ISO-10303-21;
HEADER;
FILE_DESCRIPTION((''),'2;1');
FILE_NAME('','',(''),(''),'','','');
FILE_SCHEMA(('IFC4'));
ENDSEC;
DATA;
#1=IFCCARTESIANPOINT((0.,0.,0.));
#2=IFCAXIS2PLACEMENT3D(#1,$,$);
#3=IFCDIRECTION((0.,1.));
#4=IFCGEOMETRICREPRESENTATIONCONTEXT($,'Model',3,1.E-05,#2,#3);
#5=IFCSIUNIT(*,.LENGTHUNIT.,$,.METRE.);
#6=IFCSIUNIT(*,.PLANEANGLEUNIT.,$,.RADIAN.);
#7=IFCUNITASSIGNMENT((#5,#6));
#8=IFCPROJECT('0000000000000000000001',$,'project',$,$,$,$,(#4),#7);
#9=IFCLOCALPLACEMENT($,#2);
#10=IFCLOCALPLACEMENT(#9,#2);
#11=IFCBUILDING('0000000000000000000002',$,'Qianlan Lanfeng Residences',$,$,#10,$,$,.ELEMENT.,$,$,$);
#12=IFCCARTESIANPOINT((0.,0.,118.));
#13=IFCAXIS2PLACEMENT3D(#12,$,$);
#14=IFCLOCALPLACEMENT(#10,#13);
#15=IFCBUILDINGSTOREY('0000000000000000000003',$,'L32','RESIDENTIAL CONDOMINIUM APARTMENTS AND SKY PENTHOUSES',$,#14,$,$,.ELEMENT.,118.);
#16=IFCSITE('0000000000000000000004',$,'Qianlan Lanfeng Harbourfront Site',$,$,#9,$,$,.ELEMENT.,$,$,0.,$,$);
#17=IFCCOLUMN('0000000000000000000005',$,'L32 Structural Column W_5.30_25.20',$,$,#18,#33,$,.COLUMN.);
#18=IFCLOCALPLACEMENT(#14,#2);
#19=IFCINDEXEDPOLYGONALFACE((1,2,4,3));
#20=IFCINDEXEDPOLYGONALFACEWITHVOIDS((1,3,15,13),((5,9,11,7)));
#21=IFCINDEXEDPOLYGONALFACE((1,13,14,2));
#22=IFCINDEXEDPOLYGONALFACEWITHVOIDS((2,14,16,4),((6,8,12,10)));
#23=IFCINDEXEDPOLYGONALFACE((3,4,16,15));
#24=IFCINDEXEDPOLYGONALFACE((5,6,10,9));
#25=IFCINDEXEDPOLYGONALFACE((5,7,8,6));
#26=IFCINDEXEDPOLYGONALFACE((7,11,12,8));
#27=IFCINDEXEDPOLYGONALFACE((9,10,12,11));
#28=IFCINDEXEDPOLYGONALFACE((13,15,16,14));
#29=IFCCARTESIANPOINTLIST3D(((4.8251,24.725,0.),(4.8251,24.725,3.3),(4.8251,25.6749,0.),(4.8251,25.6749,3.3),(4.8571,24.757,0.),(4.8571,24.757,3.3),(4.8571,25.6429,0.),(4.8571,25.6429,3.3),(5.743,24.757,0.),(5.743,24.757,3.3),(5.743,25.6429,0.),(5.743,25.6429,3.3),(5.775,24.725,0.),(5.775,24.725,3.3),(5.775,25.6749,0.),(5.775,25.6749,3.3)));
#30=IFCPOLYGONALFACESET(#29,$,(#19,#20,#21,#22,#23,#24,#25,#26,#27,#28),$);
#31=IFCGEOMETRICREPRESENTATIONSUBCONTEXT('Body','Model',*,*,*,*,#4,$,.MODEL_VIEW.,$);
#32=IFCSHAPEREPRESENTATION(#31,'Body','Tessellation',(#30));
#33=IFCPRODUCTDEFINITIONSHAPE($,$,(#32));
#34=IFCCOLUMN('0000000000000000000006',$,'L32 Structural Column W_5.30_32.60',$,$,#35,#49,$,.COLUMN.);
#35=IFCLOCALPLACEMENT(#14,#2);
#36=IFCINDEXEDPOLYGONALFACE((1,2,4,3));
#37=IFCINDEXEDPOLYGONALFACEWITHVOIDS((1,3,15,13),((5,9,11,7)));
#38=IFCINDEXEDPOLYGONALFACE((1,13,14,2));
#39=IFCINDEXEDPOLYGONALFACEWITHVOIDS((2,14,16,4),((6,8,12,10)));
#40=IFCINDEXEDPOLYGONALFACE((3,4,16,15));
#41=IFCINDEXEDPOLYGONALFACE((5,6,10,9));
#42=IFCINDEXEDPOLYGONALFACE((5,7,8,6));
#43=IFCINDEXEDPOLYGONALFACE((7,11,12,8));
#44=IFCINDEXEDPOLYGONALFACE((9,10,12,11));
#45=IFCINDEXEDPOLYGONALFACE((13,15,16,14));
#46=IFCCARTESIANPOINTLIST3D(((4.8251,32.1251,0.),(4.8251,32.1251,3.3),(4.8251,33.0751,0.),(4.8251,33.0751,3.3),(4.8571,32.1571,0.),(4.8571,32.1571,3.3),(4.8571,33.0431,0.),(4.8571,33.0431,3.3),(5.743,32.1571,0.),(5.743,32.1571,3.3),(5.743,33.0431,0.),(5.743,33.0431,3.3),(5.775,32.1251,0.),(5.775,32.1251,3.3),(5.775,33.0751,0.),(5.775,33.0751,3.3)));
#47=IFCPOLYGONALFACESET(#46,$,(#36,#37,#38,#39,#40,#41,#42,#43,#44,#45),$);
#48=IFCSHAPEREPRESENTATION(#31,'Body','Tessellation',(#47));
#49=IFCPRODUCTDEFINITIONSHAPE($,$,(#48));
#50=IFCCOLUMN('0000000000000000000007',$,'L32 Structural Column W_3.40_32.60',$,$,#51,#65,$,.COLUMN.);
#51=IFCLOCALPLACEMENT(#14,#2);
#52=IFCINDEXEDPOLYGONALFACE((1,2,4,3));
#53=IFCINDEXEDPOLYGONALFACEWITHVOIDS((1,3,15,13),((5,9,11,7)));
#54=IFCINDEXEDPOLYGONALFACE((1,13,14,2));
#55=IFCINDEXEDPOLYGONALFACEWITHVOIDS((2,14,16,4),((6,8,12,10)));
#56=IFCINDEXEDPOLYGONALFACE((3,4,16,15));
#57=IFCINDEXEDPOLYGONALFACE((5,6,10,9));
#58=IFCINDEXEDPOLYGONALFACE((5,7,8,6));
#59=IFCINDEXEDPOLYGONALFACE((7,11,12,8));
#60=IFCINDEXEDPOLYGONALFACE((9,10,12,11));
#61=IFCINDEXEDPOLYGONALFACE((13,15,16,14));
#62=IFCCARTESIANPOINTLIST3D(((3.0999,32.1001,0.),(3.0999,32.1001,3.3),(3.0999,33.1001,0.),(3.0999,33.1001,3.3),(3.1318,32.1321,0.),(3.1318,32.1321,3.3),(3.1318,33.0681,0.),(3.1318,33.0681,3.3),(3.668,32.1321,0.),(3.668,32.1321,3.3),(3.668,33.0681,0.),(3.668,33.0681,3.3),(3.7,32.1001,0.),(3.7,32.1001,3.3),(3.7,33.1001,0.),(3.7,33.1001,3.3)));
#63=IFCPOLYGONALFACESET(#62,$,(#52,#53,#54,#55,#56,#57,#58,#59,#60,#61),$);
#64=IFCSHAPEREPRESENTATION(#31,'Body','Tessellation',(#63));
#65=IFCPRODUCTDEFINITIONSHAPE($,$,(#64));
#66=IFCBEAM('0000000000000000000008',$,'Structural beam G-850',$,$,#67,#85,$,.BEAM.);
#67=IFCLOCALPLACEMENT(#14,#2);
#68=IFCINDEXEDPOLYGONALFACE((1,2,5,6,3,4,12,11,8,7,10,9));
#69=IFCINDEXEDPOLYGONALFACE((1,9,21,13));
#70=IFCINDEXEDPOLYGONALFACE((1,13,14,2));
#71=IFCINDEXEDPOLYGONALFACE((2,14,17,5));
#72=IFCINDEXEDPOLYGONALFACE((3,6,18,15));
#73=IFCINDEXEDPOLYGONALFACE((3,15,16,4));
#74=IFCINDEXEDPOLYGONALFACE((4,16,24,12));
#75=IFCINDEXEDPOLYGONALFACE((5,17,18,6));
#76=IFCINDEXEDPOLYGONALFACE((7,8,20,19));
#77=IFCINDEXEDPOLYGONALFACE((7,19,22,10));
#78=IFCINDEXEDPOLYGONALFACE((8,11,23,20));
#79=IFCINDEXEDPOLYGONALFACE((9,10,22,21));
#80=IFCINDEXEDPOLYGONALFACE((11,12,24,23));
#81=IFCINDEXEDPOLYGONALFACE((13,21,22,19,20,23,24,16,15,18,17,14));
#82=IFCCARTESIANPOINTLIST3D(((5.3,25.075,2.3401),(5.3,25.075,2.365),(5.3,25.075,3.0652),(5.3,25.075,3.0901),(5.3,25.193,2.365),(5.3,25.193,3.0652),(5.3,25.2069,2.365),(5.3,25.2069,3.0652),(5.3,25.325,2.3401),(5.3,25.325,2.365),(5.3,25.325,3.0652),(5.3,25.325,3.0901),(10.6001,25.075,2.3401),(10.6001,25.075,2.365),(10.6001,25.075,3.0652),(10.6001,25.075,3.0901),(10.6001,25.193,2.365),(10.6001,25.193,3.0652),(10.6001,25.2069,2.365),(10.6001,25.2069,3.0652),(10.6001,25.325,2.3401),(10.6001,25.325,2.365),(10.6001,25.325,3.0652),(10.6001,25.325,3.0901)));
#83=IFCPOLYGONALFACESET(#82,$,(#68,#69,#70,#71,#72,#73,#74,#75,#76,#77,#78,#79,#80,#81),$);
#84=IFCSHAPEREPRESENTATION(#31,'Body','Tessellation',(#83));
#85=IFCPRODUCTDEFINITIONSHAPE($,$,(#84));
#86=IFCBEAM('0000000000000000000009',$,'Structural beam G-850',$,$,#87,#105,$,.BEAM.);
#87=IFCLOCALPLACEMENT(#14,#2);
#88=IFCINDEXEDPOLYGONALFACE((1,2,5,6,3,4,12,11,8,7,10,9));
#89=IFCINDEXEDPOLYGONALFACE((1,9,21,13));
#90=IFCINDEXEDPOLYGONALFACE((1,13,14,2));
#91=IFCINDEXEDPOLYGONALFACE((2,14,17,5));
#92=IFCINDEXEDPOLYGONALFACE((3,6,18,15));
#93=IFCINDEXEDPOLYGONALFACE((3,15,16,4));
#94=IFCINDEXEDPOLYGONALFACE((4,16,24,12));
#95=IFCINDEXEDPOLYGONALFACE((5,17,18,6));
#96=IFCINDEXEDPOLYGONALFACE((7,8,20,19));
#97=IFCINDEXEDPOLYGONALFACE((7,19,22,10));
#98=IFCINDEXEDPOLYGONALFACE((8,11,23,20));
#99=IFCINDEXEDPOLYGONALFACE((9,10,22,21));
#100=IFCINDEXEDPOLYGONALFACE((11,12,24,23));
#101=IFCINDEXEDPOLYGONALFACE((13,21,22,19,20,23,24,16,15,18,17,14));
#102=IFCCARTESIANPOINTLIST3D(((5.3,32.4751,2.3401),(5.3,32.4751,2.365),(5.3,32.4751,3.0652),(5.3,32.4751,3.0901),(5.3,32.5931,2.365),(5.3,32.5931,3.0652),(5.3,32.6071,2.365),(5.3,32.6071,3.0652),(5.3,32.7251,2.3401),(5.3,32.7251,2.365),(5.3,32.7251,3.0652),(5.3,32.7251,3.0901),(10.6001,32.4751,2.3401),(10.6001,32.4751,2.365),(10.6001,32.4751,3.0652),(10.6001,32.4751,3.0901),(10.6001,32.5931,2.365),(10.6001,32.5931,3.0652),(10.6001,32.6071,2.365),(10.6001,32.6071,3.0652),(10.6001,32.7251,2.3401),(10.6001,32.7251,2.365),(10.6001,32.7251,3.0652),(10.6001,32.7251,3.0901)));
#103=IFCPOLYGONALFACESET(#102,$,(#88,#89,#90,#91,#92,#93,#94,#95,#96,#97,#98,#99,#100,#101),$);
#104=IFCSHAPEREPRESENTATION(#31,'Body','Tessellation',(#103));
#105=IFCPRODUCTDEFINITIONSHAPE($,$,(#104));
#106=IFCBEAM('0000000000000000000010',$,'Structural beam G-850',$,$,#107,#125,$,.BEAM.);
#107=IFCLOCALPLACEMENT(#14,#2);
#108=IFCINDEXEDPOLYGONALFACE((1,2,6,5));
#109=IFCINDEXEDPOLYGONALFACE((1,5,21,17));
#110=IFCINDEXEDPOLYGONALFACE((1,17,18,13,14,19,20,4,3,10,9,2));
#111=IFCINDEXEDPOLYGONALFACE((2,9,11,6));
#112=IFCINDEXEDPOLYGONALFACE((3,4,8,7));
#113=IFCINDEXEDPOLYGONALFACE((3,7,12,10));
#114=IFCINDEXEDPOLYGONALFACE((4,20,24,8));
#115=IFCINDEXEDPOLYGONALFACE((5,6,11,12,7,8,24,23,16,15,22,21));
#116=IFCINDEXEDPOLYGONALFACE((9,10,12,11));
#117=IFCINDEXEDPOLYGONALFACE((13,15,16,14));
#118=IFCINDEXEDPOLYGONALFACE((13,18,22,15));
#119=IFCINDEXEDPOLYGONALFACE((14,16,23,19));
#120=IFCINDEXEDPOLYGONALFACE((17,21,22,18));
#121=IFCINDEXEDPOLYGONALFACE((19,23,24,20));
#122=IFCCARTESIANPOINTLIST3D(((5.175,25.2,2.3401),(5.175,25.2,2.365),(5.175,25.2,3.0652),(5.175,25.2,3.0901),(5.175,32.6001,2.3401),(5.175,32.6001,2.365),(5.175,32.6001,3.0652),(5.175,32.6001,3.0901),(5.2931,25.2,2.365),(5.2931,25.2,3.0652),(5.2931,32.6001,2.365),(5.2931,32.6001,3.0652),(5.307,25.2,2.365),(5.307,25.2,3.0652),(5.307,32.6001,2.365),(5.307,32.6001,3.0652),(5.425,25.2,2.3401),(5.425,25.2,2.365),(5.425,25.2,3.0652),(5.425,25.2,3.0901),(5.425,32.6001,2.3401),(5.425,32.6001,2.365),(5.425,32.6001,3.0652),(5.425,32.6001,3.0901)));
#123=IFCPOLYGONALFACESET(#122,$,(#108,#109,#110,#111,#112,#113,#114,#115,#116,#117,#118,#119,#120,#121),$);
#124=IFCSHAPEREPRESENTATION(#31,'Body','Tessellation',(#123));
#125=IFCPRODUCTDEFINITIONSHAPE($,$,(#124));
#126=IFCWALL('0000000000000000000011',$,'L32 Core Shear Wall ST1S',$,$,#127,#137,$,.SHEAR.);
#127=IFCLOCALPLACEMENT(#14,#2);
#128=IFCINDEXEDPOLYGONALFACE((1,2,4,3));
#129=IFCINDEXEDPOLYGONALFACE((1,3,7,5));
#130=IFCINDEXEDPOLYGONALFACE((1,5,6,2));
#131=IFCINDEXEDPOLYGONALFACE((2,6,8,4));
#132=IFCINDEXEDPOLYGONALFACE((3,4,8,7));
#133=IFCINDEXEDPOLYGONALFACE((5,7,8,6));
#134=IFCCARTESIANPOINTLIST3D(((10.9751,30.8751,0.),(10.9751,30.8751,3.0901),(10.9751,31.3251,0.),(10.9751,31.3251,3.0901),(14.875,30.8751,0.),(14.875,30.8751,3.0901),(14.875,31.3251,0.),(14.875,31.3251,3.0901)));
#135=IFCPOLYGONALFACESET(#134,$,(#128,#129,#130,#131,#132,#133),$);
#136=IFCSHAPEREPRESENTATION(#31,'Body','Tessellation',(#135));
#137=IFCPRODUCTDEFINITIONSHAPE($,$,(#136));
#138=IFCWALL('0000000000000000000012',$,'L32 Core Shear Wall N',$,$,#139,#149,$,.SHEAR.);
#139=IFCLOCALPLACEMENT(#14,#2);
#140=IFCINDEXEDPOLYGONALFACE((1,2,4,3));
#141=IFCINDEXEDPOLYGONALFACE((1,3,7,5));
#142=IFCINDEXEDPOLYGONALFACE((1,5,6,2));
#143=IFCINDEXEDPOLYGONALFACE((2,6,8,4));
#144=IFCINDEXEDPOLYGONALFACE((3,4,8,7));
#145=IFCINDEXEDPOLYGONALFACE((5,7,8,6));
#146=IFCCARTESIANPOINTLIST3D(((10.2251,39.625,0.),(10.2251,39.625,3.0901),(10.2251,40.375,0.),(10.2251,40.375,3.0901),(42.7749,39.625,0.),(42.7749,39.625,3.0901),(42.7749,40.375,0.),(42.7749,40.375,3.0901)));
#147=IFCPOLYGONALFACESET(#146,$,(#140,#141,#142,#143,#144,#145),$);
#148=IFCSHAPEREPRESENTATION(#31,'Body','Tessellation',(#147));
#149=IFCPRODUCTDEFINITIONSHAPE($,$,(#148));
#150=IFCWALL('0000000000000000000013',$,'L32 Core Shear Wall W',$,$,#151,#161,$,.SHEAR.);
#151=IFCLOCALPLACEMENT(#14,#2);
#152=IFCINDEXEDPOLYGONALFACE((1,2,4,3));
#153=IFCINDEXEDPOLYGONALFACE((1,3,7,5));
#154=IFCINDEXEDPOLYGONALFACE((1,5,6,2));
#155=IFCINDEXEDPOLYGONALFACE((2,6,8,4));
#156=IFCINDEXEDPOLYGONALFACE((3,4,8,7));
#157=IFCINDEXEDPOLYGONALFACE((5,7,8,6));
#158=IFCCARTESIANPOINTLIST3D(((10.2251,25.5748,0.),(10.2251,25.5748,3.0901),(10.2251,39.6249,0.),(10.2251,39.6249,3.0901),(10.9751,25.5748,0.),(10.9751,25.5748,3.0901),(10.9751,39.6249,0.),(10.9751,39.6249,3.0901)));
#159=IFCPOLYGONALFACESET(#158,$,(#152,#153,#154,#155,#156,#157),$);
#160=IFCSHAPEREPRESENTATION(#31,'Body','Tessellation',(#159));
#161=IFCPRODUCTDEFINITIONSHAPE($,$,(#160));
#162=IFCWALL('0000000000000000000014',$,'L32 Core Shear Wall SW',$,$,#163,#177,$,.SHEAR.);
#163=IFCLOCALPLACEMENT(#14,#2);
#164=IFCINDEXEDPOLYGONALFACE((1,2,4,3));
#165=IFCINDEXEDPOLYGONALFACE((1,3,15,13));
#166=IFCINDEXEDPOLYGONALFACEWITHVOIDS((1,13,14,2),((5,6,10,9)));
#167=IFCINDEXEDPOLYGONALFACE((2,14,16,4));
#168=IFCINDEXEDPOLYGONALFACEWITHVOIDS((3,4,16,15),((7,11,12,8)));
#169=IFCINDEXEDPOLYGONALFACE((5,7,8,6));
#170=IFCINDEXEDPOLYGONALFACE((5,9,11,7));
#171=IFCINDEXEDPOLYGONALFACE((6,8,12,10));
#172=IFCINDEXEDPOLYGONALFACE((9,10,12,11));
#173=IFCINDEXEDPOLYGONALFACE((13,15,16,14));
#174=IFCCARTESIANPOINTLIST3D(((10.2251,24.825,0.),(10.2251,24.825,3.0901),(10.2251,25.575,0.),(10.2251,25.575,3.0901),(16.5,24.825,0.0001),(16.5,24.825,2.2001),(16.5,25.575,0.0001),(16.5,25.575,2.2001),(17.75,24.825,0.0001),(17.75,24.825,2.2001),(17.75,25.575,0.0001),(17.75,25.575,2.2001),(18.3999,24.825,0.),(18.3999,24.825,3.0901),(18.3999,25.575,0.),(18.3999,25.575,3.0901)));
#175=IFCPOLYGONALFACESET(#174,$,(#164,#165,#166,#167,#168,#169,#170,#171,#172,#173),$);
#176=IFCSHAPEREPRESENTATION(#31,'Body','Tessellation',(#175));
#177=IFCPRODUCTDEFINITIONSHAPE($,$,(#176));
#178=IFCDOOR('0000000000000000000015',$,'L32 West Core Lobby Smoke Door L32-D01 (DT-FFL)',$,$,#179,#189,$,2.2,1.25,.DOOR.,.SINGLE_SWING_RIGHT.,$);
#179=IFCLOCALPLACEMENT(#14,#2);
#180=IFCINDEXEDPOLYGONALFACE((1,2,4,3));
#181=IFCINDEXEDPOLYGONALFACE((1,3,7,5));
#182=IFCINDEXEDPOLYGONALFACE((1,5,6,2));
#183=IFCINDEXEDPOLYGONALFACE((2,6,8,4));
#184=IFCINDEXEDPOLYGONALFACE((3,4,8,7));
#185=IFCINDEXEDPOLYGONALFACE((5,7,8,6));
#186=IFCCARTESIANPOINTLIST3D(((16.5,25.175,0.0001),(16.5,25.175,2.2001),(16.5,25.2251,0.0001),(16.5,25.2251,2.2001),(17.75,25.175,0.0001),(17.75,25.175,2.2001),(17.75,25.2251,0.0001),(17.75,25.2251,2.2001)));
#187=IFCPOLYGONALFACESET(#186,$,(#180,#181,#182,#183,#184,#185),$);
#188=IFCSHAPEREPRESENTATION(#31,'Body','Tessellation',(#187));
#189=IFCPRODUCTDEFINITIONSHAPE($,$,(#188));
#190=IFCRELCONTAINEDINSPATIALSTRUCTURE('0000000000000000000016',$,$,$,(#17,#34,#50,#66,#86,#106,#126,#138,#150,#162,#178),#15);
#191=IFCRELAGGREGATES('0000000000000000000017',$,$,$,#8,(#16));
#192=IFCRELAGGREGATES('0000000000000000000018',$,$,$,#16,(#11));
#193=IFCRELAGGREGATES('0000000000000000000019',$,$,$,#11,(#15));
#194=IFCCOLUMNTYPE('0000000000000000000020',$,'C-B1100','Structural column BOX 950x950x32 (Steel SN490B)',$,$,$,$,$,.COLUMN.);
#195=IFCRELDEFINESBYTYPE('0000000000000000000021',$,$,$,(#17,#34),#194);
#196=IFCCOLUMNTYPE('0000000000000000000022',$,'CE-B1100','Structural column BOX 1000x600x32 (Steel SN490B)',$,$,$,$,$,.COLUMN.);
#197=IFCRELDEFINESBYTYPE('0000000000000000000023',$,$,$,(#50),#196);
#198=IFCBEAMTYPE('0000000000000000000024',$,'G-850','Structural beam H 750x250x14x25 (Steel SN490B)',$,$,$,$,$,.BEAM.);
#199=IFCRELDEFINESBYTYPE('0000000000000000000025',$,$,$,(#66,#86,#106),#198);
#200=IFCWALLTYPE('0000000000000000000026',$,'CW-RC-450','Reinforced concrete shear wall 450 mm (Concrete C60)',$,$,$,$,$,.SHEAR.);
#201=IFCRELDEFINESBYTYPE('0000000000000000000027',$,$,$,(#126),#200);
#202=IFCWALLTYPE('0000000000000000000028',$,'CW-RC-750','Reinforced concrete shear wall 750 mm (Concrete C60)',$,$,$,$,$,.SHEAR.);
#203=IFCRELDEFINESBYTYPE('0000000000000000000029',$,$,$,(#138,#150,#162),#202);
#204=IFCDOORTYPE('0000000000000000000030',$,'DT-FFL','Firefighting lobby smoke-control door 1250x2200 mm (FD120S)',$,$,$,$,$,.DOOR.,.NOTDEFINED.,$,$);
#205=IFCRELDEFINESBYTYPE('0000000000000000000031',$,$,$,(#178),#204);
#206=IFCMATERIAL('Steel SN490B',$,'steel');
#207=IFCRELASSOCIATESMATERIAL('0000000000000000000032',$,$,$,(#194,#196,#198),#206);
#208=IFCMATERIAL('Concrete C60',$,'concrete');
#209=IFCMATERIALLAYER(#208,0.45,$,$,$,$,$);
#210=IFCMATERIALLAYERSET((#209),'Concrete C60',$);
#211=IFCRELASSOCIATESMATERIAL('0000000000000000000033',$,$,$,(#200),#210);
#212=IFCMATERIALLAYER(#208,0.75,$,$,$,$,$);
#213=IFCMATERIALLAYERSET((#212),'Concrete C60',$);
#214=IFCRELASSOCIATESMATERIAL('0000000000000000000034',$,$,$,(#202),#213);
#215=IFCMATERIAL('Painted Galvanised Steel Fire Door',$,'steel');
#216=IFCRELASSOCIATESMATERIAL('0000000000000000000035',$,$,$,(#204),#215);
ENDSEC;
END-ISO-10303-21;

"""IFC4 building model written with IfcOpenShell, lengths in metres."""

from ifc_helpers import new_model, si_unit, direction, frame, frame_2d, origin, origin_2d, place, context, subcontext, project, spatial, rectangle, hollow_rectangle, i_section, extrude, material, layer, layer_set, material_profile, profile_set, type_object, element, fill, save


model = new_model("IFC4")

# Units and contexts
model_context = context("Model", 3, precision=1e-05, world=origin(), true_north=direction((0.0, 1.0)))
body_context = subcontext(model_context, "Body", "Model", "MODEL_VIEW")
ifc_project = project(units=[si_unit("LENGTHUNIT", "METRE"), si_unit("PLANEANGLEUNIT", "RADIAN")], contexts=[model_context])

# Site, building, storey
site_placement = place(None, origin())
site = spatial("IfcSite", under=ifc_project, at=site_placement, Name="Qianlan Lanfeng Harbourfront Site", CompositionType="ELEMENT", RefElevation=0.0)
building_placement = place(site_placement, origin())
building = spatial("IfcBuilding", under=site, at=building_placement, Name="Qianlan Lanfeng Residences", CompositionType="ELEMENT")
storey_placement = place(building_placement, frame((0.0, 0.0, 118.0)))
storey = spatial("IfcBuildingStorey", under=building, at=storey_placement, Name="L32", Description="RESIDENTIAL CONDOMINIUM APARTMENTS AND SKY PENTHOUSES", CompositionType="ELEMENT", Elevation=118.0)

# Columns
ifc_material_1 = material(Name="Steel SN490B", Category="steel")
ifc_material_profile_1 = material_profile(ifc_material_1, hollow_rectangle(XDim=0.95, YDim=0.95, WallThickness=0.032, at=origin_2d()), Name="BOX 950x950x32")
ifc_profile_set_1 = profile_set([ifc_material_profile_1], Name="Steel SN490B")
column_type_1 = type_object("IfcColumnType", Name="C-B1100", Description="Structural column BOX 950x950x32 (Steel SN490B)", PredefinedType="COLUMN", material=ifc_profile_set_1)
for number, where, z_axis, x_axis, name in (
    (1, (5.3, 25.2, 0.0), (0.0, 0.0, 1.0), (1.0, 0.0, 0.0), "L32 Structural Column W_5.30_25.20"),
    (2, (5.3, 32.6001, 0.0), (0.0, 0.0, 1.0), (1.0, 0.0, 0.0), "L32 Structural Column W_5.30_32.60"),
):
    element("IfcColumn", number, at=place(storey_placement, frame(where, z_axis=z_axis, x_axis=x_axis)), inside=storey, type_object=column_type_1, Name=name, PredefinedType="COLUMN", context=body_context, shape_type="SweptSolid", body=[
        extrude(hollow_rectangle(XDim=0.95, YDim=0.95, WallThickness=0.032, at=origin_2d()), origin(), (0.0, 0.0, 1.0), 3.3),
    ])
ifc_material_profile_2 = material_profile(ifc_material_1, hollow_rectangle(XDim=0.6001, YDim=1.0, WallThickness=0.032, at=origin_2d()), Name="BOX 1000x600x32")
ifc_profile_set_2 = profile_set([ifc_material_profile_2], Name="Steel SN490B")
column_type_2 = type_object("IfcColumnType", Name="CE-B1100", Description="Structural column BOX 1000x600x32 (Steel SN490B)", PredefinedType="COLUMN", material=ifc_profile_set_2)
column_placement = place(storey_placement, frame((3.3999, 32.6001, 0.0), z_axis=(0.0, 0.0, 1.0), x_axis=(1.0, 0.0, 0.0)))
element("IfcColumn", 3, at=column_placement, inside=storey, type_object=column_type_2, Name="L32 Structural Column W_3.40_32.60", PredefinedType="COLUMN", context=body_context, shape_type="SweptSolid", body=[
    extrude(hollow_rectangle(XDim=0.6001, YDim=1.0, WallThickness=0.032, at=origin_2d()), origin(), (0.0, 0.0, 1.0), 3.3),
])

# Beams
ifc_material_profile_3 = material_profile(ifc_material_1, i_section(OverallWidth=0.25, OverallDepth=0.75, WebThickness=0.0139, FlangeThickness=0.0249, at=origin_2d()), Name="H 750x250x14x25")
ifc_profile_set_3 = profile_set([ifc_material_profile_3], Name="Steel SN490B")
beam_type = type_object("IfcBeamType", Name="G-850", Description="Structural beam H 750x250x14x25 (Steel SN490B)", PredefinedType="BEAM", material=ifc_profile_set_3)
for number, where, z_axis, x_axis, name in (
    (4, (5.3, 25.2, 2.7151), (1.0, 0.0, 0.0), (0.0, 1.0, 0.0), "Structural beam G-850"),
    (5, (5.3, 32.6001, 2.7151), (1.0, 0.0, 0.0), (0.0, 1.0, 0.0), "Structural beam G-850"),
):
    element("IfcBeam", number, at=place(storey_placement, frame(where, z_axis=z_axis, x_axis=x_axis)), inside=storey, type_object=beam_type, Name=name, PredefinedType="BEAM", context=body_context, shape_type="SweptSolid", body=[
        extrude(i_section(OverallWidth=0.25, OverallDepth=0.75, WebThickness=0.0139, FlangeThickness=0.0249, at=origin_2d()), origin(), (0.0, 0.0, 1.0), 5.3),
    ])
beam_placement = place(storey_placement, frame((5.3, 25.2, 2.7151), z_axis=(0.0, 1.0, 0.0), x_axis=(-1.0, 0.0, 0.0)))
element("IfcBeam", 6, at=beam_placement, inside=storey, type_object=beam_type, Name="Structural beam G-850", PredefinedType="BEAM", context=body_context, shape_type="SweptSolid", body=[
    extrude(i_section(OverallWidth=0.25, OverallDepth=0.75, WebThickness=0.0139, FlangeThickness=0.0249, at=origin_2d()), origin(), (0.0, 0.0, 1.0), 7.4001),
])

# Walls
ifc_material_2 = material(Name="Concrete C60", Category="concrete")
ifc_layer_1 = layer(ifc_material_2, 0.45)
ifc_layer_set_1 = layer_set([ifc_layer_1], Name="Concrete C60")
wall_type_1 = type_object("IfcWallType", Name="CW-RC-450", Description="Reinforced concrete shear wall 450 mm (Concrete C60)", PredefinedType="SHEAR", material=ifc_layer_set_1)
wall_1_placement = place(storey_placement, frame((10.9751, 31.1001, 0.0), z_axis=(0.0, 0.0, 1.0), x_axis=(1.0, 0.0, 0.0)))
element("IfcWall", 7, at=wall_1_placement, inside=storey, type_object=wall_type_1, Name="L32 Core Shear Wall ST1S", PredefinedType="SHEAR", context=body_context, shape_type="SweptSolid", body=[
    extrude(rectangle(XDim=3.8999, YDim=0.45, at=frame_2d((1.95, 0.0))), origin(), (0.0, 0.0, 1.0), 3.0901),
])
ifc_layer_2 = layer(ifc_material_2, 0.75)
ifc_layer_set_2 = layer_set([ifc_layer_2], Name="Concrete C60")
wall_type_2 = type_object("IfcWallType", Name="CW-RC-750", Description="Reinforced concrete shear wall 750 mm (Concrete C60)", PredefinedType="SHEAR", material=ifc_layer_set_2)
wall_2_placement = place(storey_placement, frame((10.2251, 40.0, 0.0), z_axis=(0.0, 0.0, 1.0), x_axis=(1.0, 0.0, 0.0)))
element("IfcWall", 8, at=wall_2_placement, inside=storey, type_object=wall_type_2, Name="L32 Core Shear Wall N", PredefinedType="SHEAR", context=body_context, shape_type="SweptSolid", body=[
    extrude(rectangle(XDim=32.5498, YDim=0.75, at=frame_2d((16.2749, 0.0))), origin(), (0.0, 0.0, 1.0), 3.0901),
])
wall_3_placement = place(storey_placement, frame((10.6001, 25.575, 0.0), z_axis=(0.0, 0.0, 1.0), x_axis=(0.0, 1.0, 0.0)))
element("IfcWall", 9, at=wall_3_placement, inside=storey, type_object=wall_type_2, Name="L32 Core Shear Wall W", PredefinedType="SHEAR", context=body_context, shape_type="SweptSolid", body=[
    extrude(rectangle(XDim=14.05, YDim=0.75, at=frame_2d((7.0249, 0.0))), origin(), (0.0, 0.0, 1.0), 3.0901),
])

# Wall, opening, door
wall_4_placement = place(storey_placement, frame((10.2251, 25.2, 0.0), z_axis=(0.0, 0.0, 1.0), x_axis=(1.0, 0.0, 0.0)))
wall_4 = element("IfcWall", 10, at=wall_4_placement, inside=storey, type_object=wall_type_2, Name="L32 Core Shear Wall SW", PredefinedType="SHEAR", context=body_context, shape_type="SweptSolid", body=[
    extrude(rectangle(XDim=8.1748, YDim=0.75, at=frame_2d((4.0874, 0.0))), origin(), (0.0, 0.0, 1.0), 3.0901),
])
opening_1_placement = place(wall_4_placement, frame((6.2749, 0.0, 0.0)))
opening_1 = element("IfcOpeningElement", 11, at=opening_1_placement, cuts=wall_4, PredefinedType="OPENING", context=body_context, shape_type="SweptSolid", body=[
    extrude(rectangle(XDim=1.25, YDim=2.2, at=frame_2d((0.625, 1.1001))), frame((0.0, 0.385, 0.0), z_axis=(0.0, -1.0, 0.0), x_axis=(1.0, 0.0, 0.0)), (0.0, 0.0, 1.0), 0.77),
])
ifc_material_3 = material(Name="Painted Galvanised Steel Fire Door", Category="steel")
door_type_1 = type_object("IfcDoorType", Name="DT-FFL", Description="Firefighting lobby smoke-control door 1250x2200 mm (FD120S)", OperationType="NOTDEFINED", PredefinedType="DOOR", material=ifc_material_3)
door_1_placement = place(opening_1_placement, frame((1.25, 0.0, 0.0), z_axis=(0.0, 0.0, 1.0), x_axis=(-1.0, 0.0, 0.0)))
door_1 = element("IfcDoor", 12, at=door_1_placement, inside=storey, type_object=door_type_1, Name="L32 West Core Lobby Smoke Door L32-D01 (DT-FFL)", OperationType="SINGLE_SWING_RIGHT", OverallHeight=2.2, OverallWidth=1.25, PredefinedType="DOOR", context=body_context, shape_type="SweptSolid", body=[
    extrude(rectangle(XDim=1.25, YDim=2.2, at=frame_2d((0.625, 1.1001))), frame((0.0, 0.0249, 0.0), z_axis=(0.0, -1.0, 0.0), x_axis=(1.0, 0.0, 0.0)), (0.0, 0.0, 1.0), 0.05),
])
fill(opening_1, door_1)

save(model, "model.ifc")
